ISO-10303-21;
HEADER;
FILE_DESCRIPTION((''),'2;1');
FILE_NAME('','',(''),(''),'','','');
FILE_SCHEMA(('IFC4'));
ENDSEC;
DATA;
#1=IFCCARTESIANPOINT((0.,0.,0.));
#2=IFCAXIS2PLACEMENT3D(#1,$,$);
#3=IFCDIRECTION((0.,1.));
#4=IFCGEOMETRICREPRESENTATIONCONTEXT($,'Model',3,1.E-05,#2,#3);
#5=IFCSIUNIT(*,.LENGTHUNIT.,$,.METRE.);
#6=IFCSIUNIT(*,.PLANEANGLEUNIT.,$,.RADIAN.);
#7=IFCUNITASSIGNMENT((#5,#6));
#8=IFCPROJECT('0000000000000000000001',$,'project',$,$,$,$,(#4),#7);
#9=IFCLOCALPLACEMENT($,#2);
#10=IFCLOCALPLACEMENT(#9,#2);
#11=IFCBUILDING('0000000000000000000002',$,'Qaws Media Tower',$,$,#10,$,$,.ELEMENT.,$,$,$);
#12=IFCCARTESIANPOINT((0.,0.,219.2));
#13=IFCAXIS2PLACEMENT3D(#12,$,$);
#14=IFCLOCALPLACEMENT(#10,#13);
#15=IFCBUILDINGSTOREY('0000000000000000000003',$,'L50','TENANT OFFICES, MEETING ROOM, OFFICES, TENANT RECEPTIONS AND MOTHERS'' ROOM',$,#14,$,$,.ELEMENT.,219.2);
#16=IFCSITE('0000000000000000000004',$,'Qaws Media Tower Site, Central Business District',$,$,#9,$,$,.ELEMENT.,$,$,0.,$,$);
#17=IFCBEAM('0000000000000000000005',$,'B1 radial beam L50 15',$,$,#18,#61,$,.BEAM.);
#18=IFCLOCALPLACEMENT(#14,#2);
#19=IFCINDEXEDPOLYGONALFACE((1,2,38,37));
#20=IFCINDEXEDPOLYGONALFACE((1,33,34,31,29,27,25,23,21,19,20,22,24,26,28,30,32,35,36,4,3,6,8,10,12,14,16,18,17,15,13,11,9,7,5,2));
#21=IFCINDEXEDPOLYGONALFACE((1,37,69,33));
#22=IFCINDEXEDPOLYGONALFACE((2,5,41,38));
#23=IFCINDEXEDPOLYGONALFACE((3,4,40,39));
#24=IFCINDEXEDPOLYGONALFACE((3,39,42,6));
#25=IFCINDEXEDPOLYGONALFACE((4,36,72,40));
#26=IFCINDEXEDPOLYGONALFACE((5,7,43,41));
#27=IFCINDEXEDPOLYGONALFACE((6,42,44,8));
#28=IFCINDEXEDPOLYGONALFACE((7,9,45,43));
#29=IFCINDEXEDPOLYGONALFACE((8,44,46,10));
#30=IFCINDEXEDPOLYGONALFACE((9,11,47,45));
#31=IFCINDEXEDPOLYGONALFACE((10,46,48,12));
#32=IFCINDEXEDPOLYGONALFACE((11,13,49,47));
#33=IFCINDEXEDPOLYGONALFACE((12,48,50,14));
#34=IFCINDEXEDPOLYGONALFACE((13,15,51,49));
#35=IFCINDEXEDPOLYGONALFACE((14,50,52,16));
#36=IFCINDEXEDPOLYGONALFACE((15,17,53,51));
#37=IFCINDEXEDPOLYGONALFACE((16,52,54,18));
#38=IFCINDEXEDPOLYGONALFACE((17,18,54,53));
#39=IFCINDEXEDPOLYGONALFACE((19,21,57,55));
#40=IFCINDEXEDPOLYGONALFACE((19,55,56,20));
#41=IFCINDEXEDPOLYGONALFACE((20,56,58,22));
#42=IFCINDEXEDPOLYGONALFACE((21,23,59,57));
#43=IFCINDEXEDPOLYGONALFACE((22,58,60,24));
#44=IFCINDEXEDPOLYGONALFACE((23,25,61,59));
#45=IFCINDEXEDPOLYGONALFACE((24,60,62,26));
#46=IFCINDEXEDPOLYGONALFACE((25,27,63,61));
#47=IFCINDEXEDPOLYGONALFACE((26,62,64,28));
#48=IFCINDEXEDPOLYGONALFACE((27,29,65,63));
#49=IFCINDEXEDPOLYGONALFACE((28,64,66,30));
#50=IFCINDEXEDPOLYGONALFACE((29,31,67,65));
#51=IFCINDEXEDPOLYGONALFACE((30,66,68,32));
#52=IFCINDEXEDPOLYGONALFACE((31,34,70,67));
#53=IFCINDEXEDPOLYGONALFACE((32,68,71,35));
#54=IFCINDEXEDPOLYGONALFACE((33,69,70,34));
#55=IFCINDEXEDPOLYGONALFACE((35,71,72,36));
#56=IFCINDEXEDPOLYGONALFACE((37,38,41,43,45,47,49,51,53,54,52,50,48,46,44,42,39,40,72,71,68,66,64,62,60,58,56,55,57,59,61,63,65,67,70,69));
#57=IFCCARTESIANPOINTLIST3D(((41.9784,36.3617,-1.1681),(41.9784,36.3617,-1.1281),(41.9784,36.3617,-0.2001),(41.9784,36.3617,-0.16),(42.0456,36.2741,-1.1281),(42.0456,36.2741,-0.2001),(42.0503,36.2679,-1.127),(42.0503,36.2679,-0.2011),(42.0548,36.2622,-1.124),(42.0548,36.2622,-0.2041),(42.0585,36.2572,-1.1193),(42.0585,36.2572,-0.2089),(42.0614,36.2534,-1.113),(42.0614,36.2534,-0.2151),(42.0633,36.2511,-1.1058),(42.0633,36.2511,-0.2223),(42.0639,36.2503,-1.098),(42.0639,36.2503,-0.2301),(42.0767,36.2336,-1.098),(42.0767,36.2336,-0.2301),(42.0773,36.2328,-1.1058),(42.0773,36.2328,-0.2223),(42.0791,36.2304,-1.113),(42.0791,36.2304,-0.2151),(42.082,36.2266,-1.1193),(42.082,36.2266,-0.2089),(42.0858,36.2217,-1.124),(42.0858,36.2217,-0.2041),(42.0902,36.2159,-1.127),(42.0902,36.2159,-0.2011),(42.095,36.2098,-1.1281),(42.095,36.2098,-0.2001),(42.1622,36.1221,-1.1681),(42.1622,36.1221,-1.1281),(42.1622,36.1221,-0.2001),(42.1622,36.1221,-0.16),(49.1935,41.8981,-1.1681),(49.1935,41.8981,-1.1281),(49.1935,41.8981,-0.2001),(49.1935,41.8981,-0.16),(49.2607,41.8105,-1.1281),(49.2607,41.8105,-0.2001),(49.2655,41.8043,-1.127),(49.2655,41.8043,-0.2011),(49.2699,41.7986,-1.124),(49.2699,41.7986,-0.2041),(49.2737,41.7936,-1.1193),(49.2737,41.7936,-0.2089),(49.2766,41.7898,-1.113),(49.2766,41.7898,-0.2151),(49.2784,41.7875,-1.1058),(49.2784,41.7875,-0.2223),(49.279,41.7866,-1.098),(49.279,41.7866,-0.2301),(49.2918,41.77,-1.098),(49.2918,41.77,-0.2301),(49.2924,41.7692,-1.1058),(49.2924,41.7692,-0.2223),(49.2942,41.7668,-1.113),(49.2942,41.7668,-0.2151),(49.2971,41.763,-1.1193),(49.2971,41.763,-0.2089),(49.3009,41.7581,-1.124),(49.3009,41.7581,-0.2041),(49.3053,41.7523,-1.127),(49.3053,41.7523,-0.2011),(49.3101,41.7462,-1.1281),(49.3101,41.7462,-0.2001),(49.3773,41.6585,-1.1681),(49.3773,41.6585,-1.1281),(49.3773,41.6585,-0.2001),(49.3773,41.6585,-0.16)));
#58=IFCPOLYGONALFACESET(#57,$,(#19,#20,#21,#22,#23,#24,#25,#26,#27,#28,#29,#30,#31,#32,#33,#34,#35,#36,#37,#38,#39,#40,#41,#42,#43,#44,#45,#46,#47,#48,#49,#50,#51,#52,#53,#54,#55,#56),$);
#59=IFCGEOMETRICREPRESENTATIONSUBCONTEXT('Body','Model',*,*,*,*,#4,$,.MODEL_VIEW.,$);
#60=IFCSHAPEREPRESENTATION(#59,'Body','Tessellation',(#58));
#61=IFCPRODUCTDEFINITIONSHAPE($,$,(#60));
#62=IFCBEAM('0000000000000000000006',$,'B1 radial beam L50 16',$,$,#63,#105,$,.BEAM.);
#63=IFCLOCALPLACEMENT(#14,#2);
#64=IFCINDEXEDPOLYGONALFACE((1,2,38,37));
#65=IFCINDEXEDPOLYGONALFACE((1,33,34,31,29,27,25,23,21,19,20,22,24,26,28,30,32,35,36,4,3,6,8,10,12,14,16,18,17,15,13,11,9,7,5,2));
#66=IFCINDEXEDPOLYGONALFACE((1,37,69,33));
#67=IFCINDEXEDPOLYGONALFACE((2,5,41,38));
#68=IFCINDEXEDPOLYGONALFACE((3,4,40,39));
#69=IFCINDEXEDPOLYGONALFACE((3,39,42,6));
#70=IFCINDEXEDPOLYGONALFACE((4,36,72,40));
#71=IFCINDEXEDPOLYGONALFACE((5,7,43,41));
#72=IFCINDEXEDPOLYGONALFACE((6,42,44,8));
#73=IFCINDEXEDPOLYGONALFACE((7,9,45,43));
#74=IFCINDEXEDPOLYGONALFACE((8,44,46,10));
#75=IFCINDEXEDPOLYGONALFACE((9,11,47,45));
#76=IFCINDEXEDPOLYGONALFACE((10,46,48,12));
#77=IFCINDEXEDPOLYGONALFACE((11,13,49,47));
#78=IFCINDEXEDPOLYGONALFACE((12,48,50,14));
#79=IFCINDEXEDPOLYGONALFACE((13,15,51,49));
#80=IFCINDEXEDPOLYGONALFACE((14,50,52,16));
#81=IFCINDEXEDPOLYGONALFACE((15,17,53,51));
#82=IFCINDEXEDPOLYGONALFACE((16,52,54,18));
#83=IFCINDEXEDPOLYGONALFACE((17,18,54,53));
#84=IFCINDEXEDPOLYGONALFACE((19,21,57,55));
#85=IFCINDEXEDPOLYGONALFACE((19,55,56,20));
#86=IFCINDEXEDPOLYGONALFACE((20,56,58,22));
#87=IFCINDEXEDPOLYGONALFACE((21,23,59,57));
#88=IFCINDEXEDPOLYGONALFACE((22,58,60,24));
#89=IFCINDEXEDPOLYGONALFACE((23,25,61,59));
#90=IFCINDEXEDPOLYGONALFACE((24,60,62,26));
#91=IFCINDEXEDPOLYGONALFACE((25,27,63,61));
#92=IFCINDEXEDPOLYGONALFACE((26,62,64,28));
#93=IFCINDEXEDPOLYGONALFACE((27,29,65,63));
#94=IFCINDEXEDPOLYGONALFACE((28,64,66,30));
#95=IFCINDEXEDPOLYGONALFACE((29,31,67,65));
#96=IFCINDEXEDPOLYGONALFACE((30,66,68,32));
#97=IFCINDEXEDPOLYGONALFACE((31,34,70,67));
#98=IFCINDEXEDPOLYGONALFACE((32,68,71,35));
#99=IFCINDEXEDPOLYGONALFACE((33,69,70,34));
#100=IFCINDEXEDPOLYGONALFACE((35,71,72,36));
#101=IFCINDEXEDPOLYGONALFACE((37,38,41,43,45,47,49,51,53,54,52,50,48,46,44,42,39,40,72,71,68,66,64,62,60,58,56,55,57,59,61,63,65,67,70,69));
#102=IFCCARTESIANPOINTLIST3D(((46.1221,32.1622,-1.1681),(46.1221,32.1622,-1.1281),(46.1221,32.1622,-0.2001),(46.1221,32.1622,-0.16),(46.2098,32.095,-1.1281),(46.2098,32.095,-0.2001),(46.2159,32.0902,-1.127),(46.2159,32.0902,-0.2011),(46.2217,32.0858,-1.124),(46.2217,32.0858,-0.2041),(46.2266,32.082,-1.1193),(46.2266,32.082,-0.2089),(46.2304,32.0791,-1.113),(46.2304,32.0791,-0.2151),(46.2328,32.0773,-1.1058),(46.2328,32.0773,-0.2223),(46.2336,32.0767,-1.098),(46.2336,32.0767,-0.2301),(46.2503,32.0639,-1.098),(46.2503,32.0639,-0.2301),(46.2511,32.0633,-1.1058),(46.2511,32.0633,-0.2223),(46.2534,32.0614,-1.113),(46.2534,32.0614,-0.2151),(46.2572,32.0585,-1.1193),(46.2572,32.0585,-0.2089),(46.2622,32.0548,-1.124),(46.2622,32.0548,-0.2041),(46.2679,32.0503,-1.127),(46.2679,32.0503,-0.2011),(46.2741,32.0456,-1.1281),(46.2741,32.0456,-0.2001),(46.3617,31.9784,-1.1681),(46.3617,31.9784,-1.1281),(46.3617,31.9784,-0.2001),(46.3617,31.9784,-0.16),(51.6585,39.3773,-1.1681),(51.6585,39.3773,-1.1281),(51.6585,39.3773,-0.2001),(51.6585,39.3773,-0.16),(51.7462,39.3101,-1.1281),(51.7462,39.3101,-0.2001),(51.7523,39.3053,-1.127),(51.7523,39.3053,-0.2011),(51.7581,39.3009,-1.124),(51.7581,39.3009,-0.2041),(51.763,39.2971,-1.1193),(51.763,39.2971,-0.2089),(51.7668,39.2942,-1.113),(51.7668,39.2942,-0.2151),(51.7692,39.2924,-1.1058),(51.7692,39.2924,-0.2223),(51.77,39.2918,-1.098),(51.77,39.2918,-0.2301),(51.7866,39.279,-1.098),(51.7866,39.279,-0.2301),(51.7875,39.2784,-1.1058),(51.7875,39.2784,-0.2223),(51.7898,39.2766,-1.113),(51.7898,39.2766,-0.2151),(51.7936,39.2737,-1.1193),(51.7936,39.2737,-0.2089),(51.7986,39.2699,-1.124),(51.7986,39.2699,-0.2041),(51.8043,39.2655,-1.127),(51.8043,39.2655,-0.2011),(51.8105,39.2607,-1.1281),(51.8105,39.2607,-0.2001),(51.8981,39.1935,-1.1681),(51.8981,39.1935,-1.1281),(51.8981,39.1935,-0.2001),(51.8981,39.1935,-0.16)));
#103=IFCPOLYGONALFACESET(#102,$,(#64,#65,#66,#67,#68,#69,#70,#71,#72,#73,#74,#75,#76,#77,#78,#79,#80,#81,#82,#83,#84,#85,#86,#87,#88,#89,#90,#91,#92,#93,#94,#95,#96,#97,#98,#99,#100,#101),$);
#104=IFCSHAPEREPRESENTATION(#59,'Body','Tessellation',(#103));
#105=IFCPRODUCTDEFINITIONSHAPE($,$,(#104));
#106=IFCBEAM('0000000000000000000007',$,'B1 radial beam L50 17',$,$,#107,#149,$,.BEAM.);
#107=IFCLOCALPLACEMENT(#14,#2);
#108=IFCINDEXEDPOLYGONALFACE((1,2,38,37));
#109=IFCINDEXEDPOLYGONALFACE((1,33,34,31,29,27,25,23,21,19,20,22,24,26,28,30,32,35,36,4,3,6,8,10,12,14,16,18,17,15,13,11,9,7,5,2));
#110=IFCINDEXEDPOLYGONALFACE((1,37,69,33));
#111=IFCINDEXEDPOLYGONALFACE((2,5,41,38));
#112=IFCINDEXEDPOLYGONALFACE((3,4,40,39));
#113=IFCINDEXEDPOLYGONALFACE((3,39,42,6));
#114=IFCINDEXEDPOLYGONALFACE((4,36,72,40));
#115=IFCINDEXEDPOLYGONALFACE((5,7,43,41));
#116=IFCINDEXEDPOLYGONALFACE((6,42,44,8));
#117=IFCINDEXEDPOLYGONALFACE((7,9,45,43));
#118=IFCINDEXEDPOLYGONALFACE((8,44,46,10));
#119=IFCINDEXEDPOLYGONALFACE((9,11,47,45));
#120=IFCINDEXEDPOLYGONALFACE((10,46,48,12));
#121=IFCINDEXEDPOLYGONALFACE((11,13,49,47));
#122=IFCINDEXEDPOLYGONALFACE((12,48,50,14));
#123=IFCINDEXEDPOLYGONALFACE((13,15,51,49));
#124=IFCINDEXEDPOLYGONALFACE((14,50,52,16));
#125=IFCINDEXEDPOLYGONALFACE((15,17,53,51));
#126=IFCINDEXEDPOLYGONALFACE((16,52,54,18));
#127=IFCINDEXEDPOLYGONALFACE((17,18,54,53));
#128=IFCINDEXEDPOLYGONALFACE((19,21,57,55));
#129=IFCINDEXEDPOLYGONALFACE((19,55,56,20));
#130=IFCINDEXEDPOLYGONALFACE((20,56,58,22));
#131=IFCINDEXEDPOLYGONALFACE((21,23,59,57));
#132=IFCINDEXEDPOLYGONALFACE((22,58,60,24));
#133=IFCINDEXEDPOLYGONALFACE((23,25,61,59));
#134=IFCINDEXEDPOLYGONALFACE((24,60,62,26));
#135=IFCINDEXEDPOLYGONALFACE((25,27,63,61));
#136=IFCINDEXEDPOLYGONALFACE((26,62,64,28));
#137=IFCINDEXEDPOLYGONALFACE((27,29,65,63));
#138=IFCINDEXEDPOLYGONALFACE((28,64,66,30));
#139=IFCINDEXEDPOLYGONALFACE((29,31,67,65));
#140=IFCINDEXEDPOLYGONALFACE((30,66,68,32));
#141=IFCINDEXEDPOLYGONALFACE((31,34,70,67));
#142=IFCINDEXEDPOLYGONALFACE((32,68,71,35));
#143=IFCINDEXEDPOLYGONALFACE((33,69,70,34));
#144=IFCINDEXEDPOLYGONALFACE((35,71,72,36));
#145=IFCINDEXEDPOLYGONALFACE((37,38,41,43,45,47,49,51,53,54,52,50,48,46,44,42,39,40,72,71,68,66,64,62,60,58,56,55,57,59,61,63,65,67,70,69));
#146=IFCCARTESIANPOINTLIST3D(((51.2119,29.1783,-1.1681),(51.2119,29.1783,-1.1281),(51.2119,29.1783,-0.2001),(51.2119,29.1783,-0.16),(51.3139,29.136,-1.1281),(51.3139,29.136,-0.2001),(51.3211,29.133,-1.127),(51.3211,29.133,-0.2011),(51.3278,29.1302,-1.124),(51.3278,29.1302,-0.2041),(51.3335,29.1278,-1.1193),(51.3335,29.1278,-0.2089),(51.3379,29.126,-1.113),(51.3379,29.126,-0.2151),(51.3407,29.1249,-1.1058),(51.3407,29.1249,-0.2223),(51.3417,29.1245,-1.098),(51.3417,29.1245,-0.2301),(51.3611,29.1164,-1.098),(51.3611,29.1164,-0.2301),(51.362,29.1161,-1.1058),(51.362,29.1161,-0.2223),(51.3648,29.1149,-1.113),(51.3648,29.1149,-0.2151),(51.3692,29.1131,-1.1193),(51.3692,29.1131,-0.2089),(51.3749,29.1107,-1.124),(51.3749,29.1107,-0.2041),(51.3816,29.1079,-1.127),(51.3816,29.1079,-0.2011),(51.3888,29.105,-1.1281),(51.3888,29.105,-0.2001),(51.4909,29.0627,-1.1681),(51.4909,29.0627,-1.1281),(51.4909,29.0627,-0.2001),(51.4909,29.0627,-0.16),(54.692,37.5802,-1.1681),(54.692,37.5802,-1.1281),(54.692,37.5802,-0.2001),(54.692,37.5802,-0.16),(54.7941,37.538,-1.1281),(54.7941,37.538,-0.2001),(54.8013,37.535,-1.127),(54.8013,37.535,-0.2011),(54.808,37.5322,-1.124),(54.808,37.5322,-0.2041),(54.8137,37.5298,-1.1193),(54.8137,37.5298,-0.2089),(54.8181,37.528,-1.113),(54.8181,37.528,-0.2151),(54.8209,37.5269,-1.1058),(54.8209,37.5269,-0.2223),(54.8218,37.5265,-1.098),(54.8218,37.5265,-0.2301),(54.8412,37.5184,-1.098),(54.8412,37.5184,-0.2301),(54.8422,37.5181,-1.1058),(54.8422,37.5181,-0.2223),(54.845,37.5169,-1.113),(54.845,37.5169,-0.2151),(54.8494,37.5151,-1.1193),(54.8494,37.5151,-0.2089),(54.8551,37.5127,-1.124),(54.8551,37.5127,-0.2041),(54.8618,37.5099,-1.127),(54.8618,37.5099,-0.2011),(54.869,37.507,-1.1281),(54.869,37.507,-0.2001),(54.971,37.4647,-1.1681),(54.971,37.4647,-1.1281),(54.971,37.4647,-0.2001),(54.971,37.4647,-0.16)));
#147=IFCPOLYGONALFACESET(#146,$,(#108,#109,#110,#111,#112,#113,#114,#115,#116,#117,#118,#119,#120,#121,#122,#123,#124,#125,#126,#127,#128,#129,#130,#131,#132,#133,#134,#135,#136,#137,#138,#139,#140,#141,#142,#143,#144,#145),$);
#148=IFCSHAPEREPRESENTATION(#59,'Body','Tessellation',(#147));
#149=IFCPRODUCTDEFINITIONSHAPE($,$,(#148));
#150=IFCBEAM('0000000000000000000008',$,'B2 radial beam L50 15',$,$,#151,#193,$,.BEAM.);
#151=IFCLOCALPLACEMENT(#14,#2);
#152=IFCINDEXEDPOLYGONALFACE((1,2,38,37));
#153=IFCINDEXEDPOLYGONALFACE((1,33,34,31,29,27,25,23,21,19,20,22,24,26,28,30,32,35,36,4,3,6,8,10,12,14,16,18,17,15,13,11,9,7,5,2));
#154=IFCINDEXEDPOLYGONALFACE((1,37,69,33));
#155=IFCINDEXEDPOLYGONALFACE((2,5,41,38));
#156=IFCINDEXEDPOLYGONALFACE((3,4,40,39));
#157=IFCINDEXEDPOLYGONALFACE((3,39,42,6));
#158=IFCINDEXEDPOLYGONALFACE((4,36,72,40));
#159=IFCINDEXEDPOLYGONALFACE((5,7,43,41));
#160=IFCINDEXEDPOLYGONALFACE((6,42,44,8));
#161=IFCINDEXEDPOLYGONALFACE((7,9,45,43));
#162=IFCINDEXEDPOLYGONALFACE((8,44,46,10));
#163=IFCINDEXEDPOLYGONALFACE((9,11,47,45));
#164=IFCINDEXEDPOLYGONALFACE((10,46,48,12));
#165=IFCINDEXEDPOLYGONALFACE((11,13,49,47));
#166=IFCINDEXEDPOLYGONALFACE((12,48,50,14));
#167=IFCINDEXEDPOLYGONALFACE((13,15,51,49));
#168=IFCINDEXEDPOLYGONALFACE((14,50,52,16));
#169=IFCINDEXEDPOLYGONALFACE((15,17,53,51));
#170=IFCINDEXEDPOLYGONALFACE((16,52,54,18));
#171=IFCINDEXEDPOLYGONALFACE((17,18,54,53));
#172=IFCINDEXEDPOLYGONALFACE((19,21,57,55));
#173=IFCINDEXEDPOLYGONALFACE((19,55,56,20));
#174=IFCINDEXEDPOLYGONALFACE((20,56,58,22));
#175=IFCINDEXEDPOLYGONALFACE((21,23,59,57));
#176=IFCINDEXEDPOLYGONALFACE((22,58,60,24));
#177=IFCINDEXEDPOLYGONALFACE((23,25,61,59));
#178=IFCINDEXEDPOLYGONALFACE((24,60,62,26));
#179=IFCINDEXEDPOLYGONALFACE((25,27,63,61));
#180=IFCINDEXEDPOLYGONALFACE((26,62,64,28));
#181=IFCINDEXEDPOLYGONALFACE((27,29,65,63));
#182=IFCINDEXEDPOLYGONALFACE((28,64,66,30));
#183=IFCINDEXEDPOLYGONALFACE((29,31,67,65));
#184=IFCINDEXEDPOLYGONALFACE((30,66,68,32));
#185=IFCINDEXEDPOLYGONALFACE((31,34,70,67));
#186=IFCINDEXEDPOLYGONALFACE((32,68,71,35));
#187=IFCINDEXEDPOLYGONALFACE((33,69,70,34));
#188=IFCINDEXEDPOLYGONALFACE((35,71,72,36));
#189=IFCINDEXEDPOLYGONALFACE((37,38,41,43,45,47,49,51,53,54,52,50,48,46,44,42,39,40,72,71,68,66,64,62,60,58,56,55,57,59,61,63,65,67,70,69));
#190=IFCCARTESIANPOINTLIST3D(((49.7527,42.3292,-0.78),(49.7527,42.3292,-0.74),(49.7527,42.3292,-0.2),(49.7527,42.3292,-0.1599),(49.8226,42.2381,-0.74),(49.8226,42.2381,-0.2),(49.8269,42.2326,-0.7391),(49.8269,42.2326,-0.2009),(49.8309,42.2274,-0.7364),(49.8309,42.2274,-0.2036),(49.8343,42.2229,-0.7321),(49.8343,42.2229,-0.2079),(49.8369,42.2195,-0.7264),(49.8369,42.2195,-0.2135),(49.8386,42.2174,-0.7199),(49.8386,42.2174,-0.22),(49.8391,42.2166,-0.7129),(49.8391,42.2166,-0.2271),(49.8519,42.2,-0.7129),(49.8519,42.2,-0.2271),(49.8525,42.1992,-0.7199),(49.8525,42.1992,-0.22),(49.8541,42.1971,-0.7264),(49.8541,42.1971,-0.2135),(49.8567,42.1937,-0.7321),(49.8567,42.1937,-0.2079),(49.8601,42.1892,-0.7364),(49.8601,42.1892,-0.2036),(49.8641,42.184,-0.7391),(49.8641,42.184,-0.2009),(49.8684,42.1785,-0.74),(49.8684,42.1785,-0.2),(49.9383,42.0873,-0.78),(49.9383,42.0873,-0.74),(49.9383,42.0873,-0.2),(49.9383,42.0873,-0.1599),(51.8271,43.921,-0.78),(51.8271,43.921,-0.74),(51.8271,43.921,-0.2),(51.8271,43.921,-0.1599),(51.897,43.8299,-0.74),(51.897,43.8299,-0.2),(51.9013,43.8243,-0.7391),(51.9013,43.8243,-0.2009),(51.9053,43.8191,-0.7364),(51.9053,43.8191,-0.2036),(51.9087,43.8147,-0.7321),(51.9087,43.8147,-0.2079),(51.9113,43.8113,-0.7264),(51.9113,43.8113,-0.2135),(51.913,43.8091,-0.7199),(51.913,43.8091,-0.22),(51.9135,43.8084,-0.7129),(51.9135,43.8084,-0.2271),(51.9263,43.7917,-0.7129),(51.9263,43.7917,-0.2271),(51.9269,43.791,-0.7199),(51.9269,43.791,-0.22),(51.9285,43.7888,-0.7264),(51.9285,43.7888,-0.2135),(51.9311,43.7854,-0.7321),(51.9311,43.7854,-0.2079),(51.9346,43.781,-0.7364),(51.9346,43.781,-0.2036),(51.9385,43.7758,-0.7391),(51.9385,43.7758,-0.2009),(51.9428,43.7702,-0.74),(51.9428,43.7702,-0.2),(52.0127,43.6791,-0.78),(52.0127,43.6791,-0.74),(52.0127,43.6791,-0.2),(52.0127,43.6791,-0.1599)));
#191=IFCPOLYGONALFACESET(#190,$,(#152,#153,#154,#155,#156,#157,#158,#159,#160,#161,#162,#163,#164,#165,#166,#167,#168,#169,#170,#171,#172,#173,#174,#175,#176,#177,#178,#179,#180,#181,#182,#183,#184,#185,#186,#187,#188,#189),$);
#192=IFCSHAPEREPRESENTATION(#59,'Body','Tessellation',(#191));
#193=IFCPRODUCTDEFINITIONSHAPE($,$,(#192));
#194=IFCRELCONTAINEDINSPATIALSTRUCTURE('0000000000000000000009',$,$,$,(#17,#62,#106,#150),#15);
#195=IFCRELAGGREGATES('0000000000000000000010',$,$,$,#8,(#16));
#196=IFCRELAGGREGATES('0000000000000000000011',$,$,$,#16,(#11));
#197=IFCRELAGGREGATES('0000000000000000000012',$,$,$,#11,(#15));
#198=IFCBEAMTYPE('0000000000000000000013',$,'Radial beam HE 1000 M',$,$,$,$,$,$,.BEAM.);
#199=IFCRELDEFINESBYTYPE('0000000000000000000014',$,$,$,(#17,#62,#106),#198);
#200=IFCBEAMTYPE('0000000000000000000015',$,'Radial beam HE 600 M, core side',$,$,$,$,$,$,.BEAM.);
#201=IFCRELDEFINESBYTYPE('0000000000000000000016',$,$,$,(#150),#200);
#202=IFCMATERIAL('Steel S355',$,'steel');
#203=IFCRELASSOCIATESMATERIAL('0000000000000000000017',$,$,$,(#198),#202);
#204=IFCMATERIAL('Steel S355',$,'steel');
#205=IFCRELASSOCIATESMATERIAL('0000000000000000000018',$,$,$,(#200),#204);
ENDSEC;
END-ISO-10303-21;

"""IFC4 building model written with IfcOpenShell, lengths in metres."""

from ifc_helpers import new_model, si_unit, direction, frame, origin, origin_2d, place, context, subcontext, project, spatial, i_section, extrude, material, material_profile, profile_set, type_object, element, save


model = new_model("IFC4")

# Units and contexts
model_context = context("Model", 3, precision=1e-05, world=origin(), true_north=direction((0.0, 1.0)))
body_context = subcontext(model_context, "Body", "Model", "MODEL_VIEW")
ifc_project = project(units=[si_unit("LENGTHUNIT", "METRE"), si_unit("PLANEANGLEUNIT", "RADIAN")], contexts=[model_context])

# Site, building, storey
site_placement = place(None, origin())
site = spatial("IfcSite", under=ifc_project, at=site_placement, Name="Qaws Media Tower Site, Central Business District", CompositionType="ELEMENT", RefElevation=0.0)
building_placement = place(site_placement, origin())
building = spatial("IfcBuilding", under=site, at=building_placement, Name="Qaws Media Tower", CompositionType="ELEMENT")
storey_placement = place(building_placement, frame((0.0, 0.0, 219.2)))
storey = spatial("IfcBuildingStorey", under=building, at=storey_placement, Name="L50", Description="TENANT OFFICES, MEETING ROOM, OFFICES, TENANT RECEPTIONS AND MOTHERS' ROOM", CompositionType="ELEMENT", Elevation=219.2)

# Beams
ifc_material_1 = material(Name="Steel S355", Category="steel")
ifc_material_profile_1 = material_profile(ifc_material_1, i_section(OverallWidth=0.302, OverallDepth=1.0081, WebThickness=0.021, FlangeThickness=0.04, FilletRadius=0.03, at=origin_2d()), Name="HE 1000 M")
ifc_profile_set_1 = profile_set([ifc_material_profile_1], Name="Steel S355")
beam_type_1 = type_object("IfcBeamType", Name="Radial beam HE 1000 M", PredefinedType="BEAM", material=ifc_profile_set_1)
for number, where, z_axis, x_axis, name in (
    (1, (49.2854, 41.7783, -0.6641), (-0.793351, -0.608765, 0.0), (0.608765, -0.793351, 0.0), "B1 radial beam L50 15"),
    (2, (51.7783, 39.2854, -0.6641), (-0.608765, -0.793351, 0.0), (0.793351, -0.608765, 0.0), "B1 radial beam L50 16"),
):
    element("IfcBeam", number, at=place(storey_placement, frame(where, z_axis=z_axis, x_axis=x_axis)), inside=storey, type_object=beam_type_1, Name=name, PredefinedType="BEAM", context=body_context, shape_type="SweptSolid", body=[
        extrude(i_section(OverallWidth=0.302, OverallDepth=1.0081, WebThickness=0.021, FlangeThickness=0.04, FilletRadius=0.03, at=origin_2d()), origin(), (0.0, 0.0, 1.0), 9.0945),
    ])
beam_1_placement = place(storey_placement, frame((54.8315, 37.5225, -0.6641), z_axis=(-0.38268, -0.923881, 0.0), x_axis=(0.923881, -0.38268, 0.0)))
element("IfcBeam", 3, at=beam_1_placement, inside=storey, type_object=beam_type_1, Name="B1 radial beam L50 17", PredefinedType="BEAM", context=body_context, shape_type="SweptSolid", body=[
    extrude(i_section(OverallWidth=0.302, OverallDepth=1.0081, WebThickness=0.021, FlangeThickness=0.04, FilletRadius=0.03, at=origin_2d()), origin(), (0.0, 0.0, 1.0), 9.0942),
])
ifc_material_2 = material(Name="Steel S355", Category="steel")
ifc_material_profile_2 = material_profile(ifc_material_2, i_section(OverallWidth=0.3049, OverallDepth=0.6201, WebThickness=0.021, FlangeThickness=0.04, FilletRadius=0.0271, at=origin_2d()), Name="HE 600 M")
ifc_profile_set_2 = profile_set([ifc_material_profile_2], Name="Steel S355")
beam_type_2 = type_object("IfcBeamType", Name="Radial beam HE 600 M, core side", PredefinedType="BEAM", material=ifc_profile_set_2)
beam_2_placement = place(storey_placement, frame((51.9199, 43.8, -0.47), z_axis=(-0.793352, -0.608763, 0.0), x_axis=(0.608763, -0.793352, 0.0)))
element("IfcBeam", 4, at=beam_2_placement, inside=storey, type_object=beam_type_2, Name="B2 radial beam L50 15", PredefinedType="BEAM", context=body_context, shape_type="SweptSolid", body=[
    extrude(i_section(OverallWidth=0.3049, OverallDepth=0.6201, WebThickness=0.021, FlangeThickness=0.04, FilletRadius=0.0271, at=origin_2d()), origin(), (0.0, 0.0, 1.0), 2.6147),
])

save(model, "model.ifc")
